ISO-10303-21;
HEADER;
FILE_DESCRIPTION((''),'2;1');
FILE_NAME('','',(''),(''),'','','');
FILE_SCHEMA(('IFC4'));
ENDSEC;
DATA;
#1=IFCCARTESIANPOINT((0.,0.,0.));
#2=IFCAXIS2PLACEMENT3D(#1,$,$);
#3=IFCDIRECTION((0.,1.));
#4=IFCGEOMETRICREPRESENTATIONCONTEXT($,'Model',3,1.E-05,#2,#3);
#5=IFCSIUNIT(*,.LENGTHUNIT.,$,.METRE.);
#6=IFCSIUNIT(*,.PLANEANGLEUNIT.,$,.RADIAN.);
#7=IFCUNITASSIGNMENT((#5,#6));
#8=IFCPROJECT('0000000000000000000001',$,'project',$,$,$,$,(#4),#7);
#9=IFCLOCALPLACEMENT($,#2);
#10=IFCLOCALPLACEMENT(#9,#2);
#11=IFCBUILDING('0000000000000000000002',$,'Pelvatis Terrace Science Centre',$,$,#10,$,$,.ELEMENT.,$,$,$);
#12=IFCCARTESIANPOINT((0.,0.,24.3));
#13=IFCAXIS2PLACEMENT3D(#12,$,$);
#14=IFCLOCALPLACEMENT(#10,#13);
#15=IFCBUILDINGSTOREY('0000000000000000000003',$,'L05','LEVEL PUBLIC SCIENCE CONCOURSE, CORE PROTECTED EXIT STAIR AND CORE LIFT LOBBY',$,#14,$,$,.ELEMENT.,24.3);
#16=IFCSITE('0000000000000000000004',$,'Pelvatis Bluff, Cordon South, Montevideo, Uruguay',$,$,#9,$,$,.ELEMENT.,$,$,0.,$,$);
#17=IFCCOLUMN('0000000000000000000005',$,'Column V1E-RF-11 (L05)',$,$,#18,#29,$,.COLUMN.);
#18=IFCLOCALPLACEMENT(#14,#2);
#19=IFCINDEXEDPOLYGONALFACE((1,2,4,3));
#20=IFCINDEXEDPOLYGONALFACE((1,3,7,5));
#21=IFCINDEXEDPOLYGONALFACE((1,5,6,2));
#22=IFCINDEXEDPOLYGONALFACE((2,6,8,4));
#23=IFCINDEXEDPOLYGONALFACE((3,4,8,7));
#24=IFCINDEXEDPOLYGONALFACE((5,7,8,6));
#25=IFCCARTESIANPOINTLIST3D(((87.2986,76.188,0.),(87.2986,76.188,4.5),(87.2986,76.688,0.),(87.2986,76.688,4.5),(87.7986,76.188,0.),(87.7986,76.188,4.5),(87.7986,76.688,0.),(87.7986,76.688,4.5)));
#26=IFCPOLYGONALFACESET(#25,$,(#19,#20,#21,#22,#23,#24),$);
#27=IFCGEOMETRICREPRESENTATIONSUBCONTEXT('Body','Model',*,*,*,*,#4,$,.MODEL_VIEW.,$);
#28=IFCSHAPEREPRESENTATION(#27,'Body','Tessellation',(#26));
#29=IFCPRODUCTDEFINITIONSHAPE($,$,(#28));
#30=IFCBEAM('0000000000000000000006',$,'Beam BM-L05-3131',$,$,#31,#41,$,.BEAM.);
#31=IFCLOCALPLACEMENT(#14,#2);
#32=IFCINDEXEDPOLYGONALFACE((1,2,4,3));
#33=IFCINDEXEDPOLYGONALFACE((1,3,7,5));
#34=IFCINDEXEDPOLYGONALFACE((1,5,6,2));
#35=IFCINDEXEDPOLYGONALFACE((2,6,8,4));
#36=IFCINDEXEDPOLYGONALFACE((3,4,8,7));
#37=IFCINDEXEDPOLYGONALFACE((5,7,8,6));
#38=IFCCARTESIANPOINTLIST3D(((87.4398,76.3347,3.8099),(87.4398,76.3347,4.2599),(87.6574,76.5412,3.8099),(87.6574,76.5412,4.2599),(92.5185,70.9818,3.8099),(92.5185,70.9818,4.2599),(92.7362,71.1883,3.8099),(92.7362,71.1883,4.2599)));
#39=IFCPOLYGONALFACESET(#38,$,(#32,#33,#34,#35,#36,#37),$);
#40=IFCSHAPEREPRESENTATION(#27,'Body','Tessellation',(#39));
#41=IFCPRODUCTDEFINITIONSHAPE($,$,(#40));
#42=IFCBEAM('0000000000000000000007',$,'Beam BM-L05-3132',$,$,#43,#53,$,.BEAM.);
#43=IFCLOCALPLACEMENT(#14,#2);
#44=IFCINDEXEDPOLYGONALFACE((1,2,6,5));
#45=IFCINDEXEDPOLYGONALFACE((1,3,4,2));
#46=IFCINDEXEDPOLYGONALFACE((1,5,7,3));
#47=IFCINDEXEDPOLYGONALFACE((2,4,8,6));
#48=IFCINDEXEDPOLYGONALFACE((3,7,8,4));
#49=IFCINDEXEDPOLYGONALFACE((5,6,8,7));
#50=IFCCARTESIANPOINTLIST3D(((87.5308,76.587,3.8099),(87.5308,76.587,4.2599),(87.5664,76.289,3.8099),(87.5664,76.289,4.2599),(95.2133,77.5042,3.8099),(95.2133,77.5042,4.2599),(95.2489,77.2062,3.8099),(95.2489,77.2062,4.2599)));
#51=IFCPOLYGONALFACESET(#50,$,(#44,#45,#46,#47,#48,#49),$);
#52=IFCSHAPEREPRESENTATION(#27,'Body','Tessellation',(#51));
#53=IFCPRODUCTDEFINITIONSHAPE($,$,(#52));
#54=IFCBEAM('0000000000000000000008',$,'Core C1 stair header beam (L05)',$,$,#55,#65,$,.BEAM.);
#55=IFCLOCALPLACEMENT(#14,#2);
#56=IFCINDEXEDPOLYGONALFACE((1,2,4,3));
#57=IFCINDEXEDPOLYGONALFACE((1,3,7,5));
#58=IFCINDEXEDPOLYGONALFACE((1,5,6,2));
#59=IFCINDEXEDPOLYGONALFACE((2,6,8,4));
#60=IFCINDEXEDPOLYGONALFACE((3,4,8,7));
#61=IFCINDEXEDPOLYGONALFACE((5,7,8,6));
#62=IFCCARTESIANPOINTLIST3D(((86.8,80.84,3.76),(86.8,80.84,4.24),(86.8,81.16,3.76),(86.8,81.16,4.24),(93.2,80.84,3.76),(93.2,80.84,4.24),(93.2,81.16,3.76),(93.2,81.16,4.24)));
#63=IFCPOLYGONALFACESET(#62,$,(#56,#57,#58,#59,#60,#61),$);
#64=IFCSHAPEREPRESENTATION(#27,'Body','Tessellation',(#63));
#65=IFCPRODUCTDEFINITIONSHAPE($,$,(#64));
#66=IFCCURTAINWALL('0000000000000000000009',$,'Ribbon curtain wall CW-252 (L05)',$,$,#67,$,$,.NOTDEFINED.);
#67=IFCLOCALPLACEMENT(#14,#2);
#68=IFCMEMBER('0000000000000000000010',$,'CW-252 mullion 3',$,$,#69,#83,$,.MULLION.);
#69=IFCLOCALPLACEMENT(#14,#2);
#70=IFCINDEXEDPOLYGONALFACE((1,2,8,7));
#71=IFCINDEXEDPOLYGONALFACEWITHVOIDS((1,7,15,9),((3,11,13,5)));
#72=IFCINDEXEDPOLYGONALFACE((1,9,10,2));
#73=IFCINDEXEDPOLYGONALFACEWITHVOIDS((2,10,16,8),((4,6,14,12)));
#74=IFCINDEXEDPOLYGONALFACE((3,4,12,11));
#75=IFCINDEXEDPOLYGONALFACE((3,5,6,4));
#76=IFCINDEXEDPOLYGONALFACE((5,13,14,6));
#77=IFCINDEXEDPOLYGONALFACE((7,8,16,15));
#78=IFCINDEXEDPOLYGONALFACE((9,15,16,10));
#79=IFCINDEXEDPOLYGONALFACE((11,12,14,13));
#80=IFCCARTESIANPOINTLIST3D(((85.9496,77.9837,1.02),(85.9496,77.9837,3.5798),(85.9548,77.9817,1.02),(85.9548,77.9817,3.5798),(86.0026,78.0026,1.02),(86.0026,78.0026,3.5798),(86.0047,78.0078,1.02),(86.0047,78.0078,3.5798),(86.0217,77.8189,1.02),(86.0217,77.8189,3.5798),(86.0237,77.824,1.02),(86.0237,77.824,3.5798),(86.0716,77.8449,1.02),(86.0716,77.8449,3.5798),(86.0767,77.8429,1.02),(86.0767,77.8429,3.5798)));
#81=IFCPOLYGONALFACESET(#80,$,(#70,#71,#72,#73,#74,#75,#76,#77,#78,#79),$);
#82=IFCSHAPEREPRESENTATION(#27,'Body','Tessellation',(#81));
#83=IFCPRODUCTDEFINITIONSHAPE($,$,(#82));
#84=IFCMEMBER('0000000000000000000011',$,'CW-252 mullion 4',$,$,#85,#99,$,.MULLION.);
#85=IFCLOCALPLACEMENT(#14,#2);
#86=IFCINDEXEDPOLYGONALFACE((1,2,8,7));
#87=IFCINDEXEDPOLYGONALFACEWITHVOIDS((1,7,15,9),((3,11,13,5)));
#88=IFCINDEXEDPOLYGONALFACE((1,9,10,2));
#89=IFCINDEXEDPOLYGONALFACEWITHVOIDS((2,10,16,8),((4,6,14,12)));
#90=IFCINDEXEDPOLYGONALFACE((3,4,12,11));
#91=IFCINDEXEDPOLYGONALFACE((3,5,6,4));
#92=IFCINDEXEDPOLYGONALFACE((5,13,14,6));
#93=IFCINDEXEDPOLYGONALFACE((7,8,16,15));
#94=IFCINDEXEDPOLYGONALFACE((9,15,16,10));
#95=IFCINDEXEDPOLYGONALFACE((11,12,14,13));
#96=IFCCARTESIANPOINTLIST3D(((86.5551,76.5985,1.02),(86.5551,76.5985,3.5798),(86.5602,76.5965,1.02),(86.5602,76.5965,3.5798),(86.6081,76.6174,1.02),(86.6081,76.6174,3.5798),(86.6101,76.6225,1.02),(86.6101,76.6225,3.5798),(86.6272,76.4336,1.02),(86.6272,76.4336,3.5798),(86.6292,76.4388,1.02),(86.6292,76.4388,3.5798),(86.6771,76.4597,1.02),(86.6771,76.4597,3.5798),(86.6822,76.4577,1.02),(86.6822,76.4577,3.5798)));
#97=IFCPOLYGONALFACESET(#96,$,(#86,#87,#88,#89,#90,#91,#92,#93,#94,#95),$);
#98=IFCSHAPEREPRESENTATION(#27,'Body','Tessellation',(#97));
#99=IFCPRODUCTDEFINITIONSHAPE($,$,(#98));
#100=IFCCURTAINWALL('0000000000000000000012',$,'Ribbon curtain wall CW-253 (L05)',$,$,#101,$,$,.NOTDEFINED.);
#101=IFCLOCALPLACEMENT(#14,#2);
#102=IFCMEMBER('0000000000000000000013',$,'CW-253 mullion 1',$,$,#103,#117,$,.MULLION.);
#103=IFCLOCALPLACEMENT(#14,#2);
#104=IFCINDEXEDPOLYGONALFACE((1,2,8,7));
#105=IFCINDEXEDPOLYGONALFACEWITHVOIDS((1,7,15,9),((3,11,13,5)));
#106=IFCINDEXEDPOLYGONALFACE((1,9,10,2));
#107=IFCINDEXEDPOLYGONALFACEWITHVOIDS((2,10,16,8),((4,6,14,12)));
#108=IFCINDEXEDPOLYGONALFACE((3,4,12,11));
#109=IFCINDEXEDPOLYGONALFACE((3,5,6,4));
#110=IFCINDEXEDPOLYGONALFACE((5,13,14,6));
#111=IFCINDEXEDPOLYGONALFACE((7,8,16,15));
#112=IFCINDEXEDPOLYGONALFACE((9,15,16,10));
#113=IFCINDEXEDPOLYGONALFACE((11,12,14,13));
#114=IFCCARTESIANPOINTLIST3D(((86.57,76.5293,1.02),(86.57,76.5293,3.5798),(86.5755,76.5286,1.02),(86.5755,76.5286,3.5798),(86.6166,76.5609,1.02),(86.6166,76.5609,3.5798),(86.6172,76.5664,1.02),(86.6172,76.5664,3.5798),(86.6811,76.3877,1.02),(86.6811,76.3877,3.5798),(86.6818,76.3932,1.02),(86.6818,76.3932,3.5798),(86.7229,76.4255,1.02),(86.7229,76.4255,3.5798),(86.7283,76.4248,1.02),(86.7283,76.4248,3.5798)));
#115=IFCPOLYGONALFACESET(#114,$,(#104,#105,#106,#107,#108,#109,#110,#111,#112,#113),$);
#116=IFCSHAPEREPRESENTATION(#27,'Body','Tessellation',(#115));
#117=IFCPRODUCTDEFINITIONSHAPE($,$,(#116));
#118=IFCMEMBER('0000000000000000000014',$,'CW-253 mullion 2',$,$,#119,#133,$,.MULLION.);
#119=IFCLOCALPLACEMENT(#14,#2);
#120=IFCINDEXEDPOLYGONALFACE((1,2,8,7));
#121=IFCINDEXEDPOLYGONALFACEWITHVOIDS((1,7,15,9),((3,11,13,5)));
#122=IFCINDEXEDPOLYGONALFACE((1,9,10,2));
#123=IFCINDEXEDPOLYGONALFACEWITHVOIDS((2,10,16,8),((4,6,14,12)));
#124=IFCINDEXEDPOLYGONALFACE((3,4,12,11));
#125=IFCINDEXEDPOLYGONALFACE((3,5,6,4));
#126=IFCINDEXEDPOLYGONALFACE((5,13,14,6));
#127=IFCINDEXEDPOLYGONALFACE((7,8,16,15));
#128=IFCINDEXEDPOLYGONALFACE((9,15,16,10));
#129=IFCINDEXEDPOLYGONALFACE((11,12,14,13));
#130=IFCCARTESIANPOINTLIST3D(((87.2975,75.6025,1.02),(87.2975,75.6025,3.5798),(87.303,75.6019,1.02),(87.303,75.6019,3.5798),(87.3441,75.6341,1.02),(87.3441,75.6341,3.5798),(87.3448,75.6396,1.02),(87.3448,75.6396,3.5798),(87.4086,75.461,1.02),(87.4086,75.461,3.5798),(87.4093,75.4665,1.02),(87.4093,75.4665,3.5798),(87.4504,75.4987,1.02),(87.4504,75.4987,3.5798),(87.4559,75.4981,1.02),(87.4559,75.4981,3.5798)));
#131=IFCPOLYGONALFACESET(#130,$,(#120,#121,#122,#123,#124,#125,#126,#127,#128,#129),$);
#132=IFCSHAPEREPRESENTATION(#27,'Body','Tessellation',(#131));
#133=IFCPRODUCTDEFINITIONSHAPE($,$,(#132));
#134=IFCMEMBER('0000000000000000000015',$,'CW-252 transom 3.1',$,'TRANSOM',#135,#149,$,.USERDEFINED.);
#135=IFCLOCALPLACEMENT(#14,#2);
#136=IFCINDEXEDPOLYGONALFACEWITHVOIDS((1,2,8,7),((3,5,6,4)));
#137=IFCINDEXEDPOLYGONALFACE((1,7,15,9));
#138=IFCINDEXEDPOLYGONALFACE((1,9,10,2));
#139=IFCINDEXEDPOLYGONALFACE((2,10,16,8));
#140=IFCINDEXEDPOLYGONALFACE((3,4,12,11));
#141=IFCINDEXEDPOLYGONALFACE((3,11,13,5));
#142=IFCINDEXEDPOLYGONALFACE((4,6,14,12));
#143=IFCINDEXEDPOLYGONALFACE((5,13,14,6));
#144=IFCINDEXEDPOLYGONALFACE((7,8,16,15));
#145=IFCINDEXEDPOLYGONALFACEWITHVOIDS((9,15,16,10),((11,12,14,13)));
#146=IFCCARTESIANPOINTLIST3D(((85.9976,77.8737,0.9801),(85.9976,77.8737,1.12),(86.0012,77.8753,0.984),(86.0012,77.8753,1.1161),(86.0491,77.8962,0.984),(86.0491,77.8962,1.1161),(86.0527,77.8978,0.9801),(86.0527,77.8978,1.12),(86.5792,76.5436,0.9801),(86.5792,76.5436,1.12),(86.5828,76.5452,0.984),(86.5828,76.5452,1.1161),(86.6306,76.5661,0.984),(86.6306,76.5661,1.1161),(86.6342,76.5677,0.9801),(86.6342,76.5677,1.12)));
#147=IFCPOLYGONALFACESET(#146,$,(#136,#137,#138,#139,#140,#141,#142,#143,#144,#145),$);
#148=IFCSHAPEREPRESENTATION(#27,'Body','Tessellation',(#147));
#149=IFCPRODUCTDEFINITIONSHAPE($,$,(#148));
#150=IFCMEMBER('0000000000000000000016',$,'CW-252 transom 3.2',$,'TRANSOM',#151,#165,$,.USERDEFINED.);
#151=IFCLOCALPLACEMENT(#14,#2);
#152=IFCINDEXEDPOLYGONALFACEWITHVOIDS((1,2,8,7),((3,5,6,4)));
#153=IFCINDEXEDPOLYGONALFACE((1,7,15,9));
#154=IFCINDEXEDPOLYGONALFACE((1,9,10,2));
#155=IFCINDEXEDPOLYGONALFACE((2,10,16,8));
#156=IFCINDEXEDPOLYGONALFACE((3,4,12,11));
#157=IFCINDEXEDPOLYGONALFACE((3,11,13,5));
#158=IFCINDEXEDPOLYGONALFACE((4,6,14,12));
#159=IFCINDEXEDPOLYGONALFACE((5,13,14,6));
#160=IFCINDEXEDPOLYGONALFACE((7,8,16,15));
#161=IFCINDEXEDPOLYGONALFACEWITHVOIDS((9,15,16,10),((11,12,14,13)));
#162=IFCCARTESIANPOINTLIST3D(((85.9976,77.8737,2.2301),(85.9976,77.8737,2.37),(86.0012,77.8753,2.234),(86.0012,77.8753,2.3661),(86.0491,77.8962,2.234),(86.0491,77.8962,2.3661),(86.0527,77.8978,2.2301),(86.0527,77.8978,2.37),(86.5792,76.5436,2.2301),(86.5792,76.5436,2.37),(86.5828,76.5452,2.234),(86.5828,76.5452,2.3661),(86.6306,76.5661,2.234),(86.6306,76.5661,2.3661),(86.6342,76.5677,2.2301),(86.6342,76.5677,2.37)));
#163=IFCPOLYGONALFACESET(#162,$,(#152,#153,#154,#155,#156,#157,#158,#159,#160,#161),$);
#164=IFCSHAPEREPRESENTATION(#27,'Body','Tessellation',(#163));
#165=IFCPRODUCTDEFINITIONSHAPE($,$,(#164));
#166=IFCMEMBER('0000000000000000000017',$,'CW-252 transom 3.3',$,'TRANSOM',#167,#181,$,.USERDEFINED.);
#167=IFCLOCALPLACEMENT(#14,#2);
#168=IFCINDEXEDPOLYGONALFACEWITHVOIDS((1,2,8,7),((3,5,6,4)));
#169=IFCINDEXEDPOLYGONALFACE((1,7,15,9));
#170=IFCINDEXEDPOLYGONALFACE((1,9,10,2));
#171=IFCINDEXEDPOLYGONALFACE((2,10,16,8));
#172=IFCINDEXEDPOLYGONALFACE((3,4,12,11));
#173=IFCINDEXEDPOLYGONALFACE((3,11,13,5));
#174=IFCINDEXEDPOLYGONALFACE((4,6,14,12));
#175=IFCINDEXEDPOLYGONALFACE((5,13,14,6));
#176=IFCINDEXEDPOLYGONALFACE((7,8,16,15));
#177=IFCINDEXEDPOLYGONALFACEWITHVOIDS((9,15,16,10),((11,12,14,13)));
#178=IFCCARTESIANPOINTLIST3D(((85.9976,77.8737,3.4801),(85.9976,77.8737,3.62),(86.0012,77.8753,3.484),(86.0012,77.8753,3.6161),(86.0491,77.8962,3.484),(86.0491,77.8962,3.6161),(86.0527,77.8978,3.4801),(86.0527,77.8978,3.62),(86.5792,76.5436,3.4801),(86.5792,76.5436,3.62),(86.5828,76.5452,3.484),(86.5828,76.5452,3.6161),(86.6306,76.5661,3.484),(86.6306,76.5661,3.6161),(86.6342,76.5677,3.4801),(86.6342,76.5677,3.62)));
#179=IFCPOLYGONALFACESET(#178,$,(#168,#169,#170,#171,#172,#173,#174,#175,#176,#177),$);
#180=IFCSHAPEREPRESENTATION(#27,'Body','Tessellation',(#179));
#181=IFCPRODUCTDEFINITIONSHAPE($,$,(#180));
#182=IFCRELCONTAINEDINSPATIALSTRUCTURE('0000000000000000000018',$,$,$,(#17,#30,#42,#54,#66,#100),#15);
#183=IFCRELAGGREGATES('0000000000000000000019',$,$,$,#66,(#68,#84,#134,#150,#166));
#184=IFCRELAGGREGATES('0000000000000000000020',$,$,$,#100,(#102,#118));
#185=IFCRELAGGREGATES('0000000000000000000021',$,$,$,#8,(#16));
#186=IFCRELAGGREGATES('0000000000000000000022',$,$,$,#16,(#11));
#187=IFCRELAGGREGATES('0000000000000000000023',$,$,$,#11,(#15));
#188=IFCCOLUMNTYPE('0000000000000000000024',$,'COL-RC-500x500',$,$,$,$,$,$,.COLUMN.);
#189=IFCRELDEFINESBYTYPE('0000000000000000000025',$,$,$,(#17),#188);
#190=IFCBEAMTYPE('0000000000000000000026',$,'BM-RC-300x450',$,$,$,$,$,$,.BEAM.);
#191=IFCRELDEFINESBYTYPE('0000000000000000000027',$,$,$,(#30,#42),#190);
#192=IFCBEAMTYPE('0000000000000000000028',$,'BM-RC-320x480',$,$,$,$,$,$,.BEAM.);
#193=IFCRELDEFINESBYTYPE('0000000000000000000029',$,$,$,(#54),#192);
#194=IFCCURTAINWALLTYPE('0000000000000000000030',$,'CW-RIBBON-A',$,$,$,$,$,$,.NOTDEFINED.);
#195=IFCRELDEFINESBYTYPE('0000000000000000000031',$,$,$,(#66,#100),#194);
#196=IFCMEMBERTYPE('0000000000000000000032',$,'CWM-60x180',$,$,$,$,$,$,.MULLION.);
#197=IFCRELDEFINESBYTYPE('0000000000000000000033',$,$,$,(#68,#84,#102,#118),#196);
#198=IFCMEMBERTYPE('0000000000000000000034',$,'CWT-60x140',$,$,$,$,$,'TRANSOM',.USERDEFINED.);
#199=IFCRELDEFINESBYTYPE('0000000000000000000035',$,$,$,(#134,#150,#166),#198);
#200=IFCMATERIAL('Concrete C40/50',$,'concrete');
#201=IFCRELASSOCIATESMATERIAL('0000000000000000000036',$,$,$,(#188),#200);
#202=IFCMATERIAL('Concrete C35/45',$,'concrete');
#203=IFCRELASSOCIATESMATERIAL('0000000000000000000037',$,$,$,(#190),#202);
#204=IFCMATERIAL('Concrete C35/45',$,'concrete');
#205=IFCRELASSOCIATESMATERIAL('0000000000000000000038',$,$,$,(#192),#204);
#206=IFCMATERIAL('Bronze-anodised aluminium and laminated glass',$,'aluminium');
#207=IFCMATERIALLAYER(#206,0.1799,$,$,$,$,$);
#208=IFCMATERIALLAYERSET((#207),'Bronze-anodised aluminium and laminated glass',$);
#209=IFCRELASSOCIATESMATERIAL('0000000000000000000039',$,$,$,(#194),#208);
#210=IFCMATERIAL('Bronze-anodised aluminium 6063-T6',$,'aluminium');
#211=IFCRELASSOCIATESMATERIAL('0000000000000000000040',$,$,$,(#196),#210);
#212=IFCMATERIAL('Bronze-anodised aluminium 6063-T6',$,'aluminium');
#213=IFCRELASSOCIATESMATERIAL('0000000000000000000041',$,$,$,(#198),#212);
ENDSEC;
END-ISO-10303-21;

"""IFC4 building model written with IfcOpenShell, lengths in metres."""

from ifc_helpers import new_model, si_unit, direction, frame, origin, origin_2d, place, context, subcontext, project, spatial, rectangle, hollow_rectangle, extrude, material, layer, layer_set, material_profile, profile_set, type_object, element, aggregate, save


model = new_model("IFC4")

# Units and contexts
model_context = context("Model", 3, precision=1e-05, world=origin(), true_north=direction((0.0, 1.0)))
body_context = subcontext(model_context, "Body", "Model", "MODEL_VIEW")
ifc_project = project(units=[si_unit("LENGTHUNIT", "METRE"), si_unit("PLANEANGLEUNIT", "RADIAN")], contexts=[model_context])

# Site, building, storey
site_placement = place(None, origin())
site = spatial("IfcSite", under=ifc_project, at=site_placement, Name="Pelvatis Bluff, Cordon South, Montevideo, Uruguay", CompositionType="ELEMENT", RefElevation=0.0)
building_placement = place(site_placement, origin())
building = spatial("IfcBuilding", under=site, at=building_placement, Name="Pelvatis Terrace Science Centre", CompositionType="ELEMENT")
storey_placement = place(building_placement, frame((0.0, 0.0, 24.3)))
storey = spatial("IfcBuildingStorey", under=building, at=storey_placement, Name="L05", Description="LEVEL PUBLIC SCIENCE CONCOURSE, CORE PROTECTED EXIT STAIR AND CORE LIFT LOBBY", CompositionType="ELEMENT", Elevation=24.3)

# Column
ifc_material_1 = material(Name="Concrete C40/50", Category="concrete")
ifc_material_profile_1 = material_profile(ifc_material_1, rectangle(XDim=0.5, YDim=0.5, at=origin_2d()), Name="RC-COL 500x500")
ifc_profile_set_1 = profile_set([ifc_material_profile_1], Name="Concrete C40/50")
column_type = type_object("IfcColumnType", Name="COL-RC-500x500", PredefinedType="COLUMN", material=ifc_profile_set_1)
column_placement = place(storey_placement, frame((87.5486, 76.438, 0.0), z_axis=(0.0, 0.0, 1.0), x_axis=(1.0, 0.0, 0.0)))
element("IfcColumn", 1, at=column_placement, inside=storey, type_object=column_type, Name="Column V1E-RF-11 (L05)", PredefinedType="COLUMN", context=body_context, shape_type="SweptSolid", body=[
    extrude(rectangle(XDim=0.5, YDim=0.5, at=origin_2d()), origin(), (0.0, 0.0, 1.0), 4.5),
])

# Beams
ifc_material_2 = material(Name="Concrete C35/45", Category="concrete")
ifc_material_profile_2 = material_profile(ifc_material_2, rectangle(XDim=0.3, YDim=0.45, at=origin_2d()), Name="RC-BM 300x450")
ifc_profile_set_2 = profile_set([ifc_material_profile_2], Name="Concrete C35/45")
beam_type_1 = type_object("IfcBeamType", Name="BM-RC-300x450", PredefinedType="BEAM", material=ifc_profile_set_2)
beam_1_placement = place(storey_placement, frame((87.5486, 76.438, 4.0349), z_axis=(0.688285, -0.72544, 0.0), x_axis=(0.72544, 0.688285, 0.0)))
element("IfcBeam", 2, at=beam_1_placement, inside=storey, type_object=beam_type_1, Name="Beam BM-L05-3131", PredefinedType="BEAM", context=body_context, shape_type="SweptSolid", body=[
    extrude(rectangle(XDim=0.3, YDim=0.45, at=origin_2d()), origin(), (0.0, 0.0, 1.0), 7.3789),
])
beam_2_placement = place(storey_placement, frame((87.5486, 76.438, 4.0349), z_axis=(0.992948, 0.118549, 0.0), x_axis=(-0.118549, 0.992948, 0.0)))
element("IfcBeam", 3, at=beam_2_placement, inside=storey, type_object=beam_type_1, Name="Beam BM-L05-3132", PredefinedType="BEAM", context=body_context, shape_type="SweptSolid", body=[
    extrude(rectangle(XDim=0.3, YDim=0.45, at=origin_2d()), origin(), (0.0, 0.0, 1.0), 7.7371),
])
ifc_material_3 = material(Name="Concrete C35/45", Category="concrete")
ifc_material_profile_3 = material_profile(ifc_material_3, rectangle(XDim=0.3201, YDim=0.48, at=origin_2d()), Name="RC-BM 320x480")
ifc_profile_set_3 = profile_set([ifc_material_profile_3], Name="Concrete C35/45")
beam_type_2 = type_object("IfcBeamType", Name="BM-RC-320x480", PredefinedType="BEAM", material=ifc_profile_set_3)
beam_3_placement = place(storey_placement, frame((86.8, 81.0, 4.0), z_axis=(1.0, 0.0, 0.0), x_axis=(0.0, 1.0, 0.0)))
element("IfcBeam", 4, at=beam_3_placement, inside=storey, type_object=beam_type_2, Name="Core C1 stair header beam (L05)", PredefinedType="BEAM", context=body_context, shape_type="SweptSolid", body=[
    extrude(rectangle(XDim=0.3201, YDim=0.48, at=origin_2d()), origin(), (0.0, 0.0, 1.0), 6.3999),
])

# Curtain walls, members
ifc_material_4 = material(Name="Bronze-anodised aluminium and laminated glass", Category="aluminium")
ifc_layer_1 = layer(ifc_material_4, 0.1799)
ifc_layer_set_1 = layer_set([ifc_layer_1], Name="Bronze-anodised aluminium and laminated glass")
curtain_wall_type = type_object("IfcCurtainWallType", Name="CW-RIBBON-A", PredefinedType="NOTDEFINED", material=ifc_layer_set_1)
curtain_wall_1_placement = place(storey_placement, origin())
curtain_wall_1 = element("IfcCurtainWall", 5, at=curtain_wall_1_placement, inside=storey, type_object=curtain_wall_type, Name="Ribbon curtain wall CW-252 (L05)", PredefinedType="NOTDEFINED")
ifc_material_5 = material(Name="Bronze-anodised aluminium 6063-T6", Category="aluminium")
ifc_material_profile_4 = material_profile(ifc_material_5, hollow_rectangle(XDim=0.0601, YDim=0.1799, WallThickness=0.0039, at=origin_2d()), Name="ALU-MUL 60x180")
ifc_profile_set_4 = profile_set([ifc_material_profile_4], Name="Bronze-anodised aluminium 6063-T6")
member_type_1 = type_object("IfcMemberType", Name="CWM-60x180", PredefinedType="MULLION", material=ifc_profile_set_4)
member_1_placement = place(storey_placement, frame((86.0132, 77.9133, 1.02), z_axis=(0.0, 0.0, 1.0), x_axis=(0.916275, 0.40055, 0.0)))
member_1 = element("IfcMember", 6, at=member_1_placement, type_object=member_type_1, Name="CW-252 mullion 3", PredefinedType="MULLION", context=body_context, shape_type="SweptSolid", body=[
    extrude(hollow_rectangle(XDim=0.0601, YDim=0.1799, WallThickness=0.0039, at=origin_2d()), origin(), (0.0, 0.0, 1.0), 2.5598),
])
member_2_placement = place(storey_placement, frame((86.6187, 76.5281, 1.02), z_axis=(0.0, 0.0, 1.0), x_axis=(0.916275, 0.40055, 0.0)))
member_2 = element("IfcMember", 7, at=member_2_placement, type_object=member_type_1, Name="CW-252 mullion 4", PredefinedType="MULLION", context=body_context, shape_type="SweptSolid", body=[
    extrude(hollow_rectangle(XDim=0.0601, YDim=0.1799, WallThickness=0.0039, at=origin_2d()), origin(), (0.0, 0.0, 1.0), 2.5598),
])
curtain_wall_2_placement = place(storey_placement, origin())
curtain_wall_2 = element("IfcCurtainWall", 8, at=curtain_wall_2_placement, inside=storey, type_object=curtain_wall_type, Name="Ribbon curtain wall CW-253 (L05)", PredefinedType="NOTDEFINED")
member_3_placement = place(storey_placement, frame((86.6492, 76.4771, 1.02), z_axis=(0.0, 0.0, 1.0), x_axis=(0.786577, 0.617493, 0.0)))
member_3 = element("IfcMember", 9, at=member_3_placement, type_object=member_type_1, Name="CW-253 mullion 1", PredefinedType="MULLION", context=body_context, shape_type="SweptSolid", body=[
    extrude(hollow_rectangle(XDim=0.0601, YDim=0.1799, WallThickness=0.0039, at=origin_2d()), origin(), (0.0, 0.0, 1.0), 2.5598),
])
member_4_placement = place(storey_placement, frame((87.3767, 75.5503, 1.02), z_axis=(0.0, 0.0, 1.0), x_axis=(0.786577, 0.617493, 0.0)))
member_4 = element("IfcMember", 10, at=member_4_placement, type_object=member_type_1, Name="CW-253 mullion 2", PredefinedType="MULLION", context=body_context, shape_type="SweptSolid", body=[
    extrude(hollow_rectangle(XDim=0.0601, YDim=0.1799, WallThickness=0.0039, at=origin_2d()), origin(), (0.0, 0.0, 1.0), 2.5598),
])

# Members
ifc_material_6 = material(Name="Bronze-anodised aluminium 6063-T6", Category="aluminium")
ifc_material_profile_5 = material_profile(ifc_material_6, hollow_rectangle(XDim=0.0601, YDim=0.1399, WallThickness=0.0039, at=origin_2d()), Name="ALU-TRN 60x140")
ifc_profile_set_5 = profile_set([ifc_material_profile_5], Name="Bronze-anodised aluminium 6063-T6")
member_type_2 = type_object("IfcMemberType", Name="CWT-60x140", ElementType="TRANSOM", PredefinedType="USERDEFINED", material=ifc_profile_set_5)
member_5_placement = place(storey_placement, frame((86.0251, 77.8857, 1.05), z_axis=(0.400607, -0.91625, 0.0), x_axis=(0.91625, 0.400607, 0.0)))
member_5 = element("IfcMember", 11, at=member_5_placement, type_object=member_type_2, Name="CW-252 transom 3.1", ObjectType="TRANSOM", PredefinedType="USERDEFINED", context=body_context, shape_type="SweptSolid", body=[
    extrude(hollow_rectangle(XDim=0.0601, YDim=0.1399, WallThickness=0.0039, at=origin_2d()), origin(), (0.0, 0.0, 1.0), 1.4517),
])
member_6_placement = place(storey_placement, frame((86.0251, 77.8857, 2.3), z_axis=(0.400607, -0.91625, 0.0), x_axis=(0.91625, 0.400607, 0.0)))
member_6 = element("IfcMember", 12, at=member_6_placement, type_object=member_type_2, Name="CW-252 transom 3.2", ObjectType="TRANSOM", PredefinedType="USERDEFINED", context=body_context, shape_type="SweptSolid", body=[
    extrude(hollow_rectangle(XDim=0.0601, YDim=0.1399, WallThickness=0.0039, at=origin_2d()), origin(), (0.0, 0.0, 1.0), 1.4517),
])
member_7_placement = place(storey_placement, frame((86.0251, 77.8857, 3.55), z_axis=(0.400607, -0.91625, 0.0), x_axis=(0.91625, 0.400607, 0.0)))
member_7 = element("IfcMember", 13, at=member_7_placement, type_object=member_type_2, Name="CW-252 transom 3.3", ObjectType="TRANSOM", PredefinedType="USERDEFINED", context=body_context, shape_type="SweptSolid", body=[
    extrude(hollow_rectangle(XDim=0.0601, YDim=0.1399, WallThickness=0.0039, at=origin_2d()), origin(), (0.0, 0.0, 1.0), 1.4517),
])

aggregate(curtain_wall_1, [member_1, member_2, member_5, member_6, member_7])
aggregate(curtain_wall_2, [member_3, member_4])

save(model, "model.ifc")
